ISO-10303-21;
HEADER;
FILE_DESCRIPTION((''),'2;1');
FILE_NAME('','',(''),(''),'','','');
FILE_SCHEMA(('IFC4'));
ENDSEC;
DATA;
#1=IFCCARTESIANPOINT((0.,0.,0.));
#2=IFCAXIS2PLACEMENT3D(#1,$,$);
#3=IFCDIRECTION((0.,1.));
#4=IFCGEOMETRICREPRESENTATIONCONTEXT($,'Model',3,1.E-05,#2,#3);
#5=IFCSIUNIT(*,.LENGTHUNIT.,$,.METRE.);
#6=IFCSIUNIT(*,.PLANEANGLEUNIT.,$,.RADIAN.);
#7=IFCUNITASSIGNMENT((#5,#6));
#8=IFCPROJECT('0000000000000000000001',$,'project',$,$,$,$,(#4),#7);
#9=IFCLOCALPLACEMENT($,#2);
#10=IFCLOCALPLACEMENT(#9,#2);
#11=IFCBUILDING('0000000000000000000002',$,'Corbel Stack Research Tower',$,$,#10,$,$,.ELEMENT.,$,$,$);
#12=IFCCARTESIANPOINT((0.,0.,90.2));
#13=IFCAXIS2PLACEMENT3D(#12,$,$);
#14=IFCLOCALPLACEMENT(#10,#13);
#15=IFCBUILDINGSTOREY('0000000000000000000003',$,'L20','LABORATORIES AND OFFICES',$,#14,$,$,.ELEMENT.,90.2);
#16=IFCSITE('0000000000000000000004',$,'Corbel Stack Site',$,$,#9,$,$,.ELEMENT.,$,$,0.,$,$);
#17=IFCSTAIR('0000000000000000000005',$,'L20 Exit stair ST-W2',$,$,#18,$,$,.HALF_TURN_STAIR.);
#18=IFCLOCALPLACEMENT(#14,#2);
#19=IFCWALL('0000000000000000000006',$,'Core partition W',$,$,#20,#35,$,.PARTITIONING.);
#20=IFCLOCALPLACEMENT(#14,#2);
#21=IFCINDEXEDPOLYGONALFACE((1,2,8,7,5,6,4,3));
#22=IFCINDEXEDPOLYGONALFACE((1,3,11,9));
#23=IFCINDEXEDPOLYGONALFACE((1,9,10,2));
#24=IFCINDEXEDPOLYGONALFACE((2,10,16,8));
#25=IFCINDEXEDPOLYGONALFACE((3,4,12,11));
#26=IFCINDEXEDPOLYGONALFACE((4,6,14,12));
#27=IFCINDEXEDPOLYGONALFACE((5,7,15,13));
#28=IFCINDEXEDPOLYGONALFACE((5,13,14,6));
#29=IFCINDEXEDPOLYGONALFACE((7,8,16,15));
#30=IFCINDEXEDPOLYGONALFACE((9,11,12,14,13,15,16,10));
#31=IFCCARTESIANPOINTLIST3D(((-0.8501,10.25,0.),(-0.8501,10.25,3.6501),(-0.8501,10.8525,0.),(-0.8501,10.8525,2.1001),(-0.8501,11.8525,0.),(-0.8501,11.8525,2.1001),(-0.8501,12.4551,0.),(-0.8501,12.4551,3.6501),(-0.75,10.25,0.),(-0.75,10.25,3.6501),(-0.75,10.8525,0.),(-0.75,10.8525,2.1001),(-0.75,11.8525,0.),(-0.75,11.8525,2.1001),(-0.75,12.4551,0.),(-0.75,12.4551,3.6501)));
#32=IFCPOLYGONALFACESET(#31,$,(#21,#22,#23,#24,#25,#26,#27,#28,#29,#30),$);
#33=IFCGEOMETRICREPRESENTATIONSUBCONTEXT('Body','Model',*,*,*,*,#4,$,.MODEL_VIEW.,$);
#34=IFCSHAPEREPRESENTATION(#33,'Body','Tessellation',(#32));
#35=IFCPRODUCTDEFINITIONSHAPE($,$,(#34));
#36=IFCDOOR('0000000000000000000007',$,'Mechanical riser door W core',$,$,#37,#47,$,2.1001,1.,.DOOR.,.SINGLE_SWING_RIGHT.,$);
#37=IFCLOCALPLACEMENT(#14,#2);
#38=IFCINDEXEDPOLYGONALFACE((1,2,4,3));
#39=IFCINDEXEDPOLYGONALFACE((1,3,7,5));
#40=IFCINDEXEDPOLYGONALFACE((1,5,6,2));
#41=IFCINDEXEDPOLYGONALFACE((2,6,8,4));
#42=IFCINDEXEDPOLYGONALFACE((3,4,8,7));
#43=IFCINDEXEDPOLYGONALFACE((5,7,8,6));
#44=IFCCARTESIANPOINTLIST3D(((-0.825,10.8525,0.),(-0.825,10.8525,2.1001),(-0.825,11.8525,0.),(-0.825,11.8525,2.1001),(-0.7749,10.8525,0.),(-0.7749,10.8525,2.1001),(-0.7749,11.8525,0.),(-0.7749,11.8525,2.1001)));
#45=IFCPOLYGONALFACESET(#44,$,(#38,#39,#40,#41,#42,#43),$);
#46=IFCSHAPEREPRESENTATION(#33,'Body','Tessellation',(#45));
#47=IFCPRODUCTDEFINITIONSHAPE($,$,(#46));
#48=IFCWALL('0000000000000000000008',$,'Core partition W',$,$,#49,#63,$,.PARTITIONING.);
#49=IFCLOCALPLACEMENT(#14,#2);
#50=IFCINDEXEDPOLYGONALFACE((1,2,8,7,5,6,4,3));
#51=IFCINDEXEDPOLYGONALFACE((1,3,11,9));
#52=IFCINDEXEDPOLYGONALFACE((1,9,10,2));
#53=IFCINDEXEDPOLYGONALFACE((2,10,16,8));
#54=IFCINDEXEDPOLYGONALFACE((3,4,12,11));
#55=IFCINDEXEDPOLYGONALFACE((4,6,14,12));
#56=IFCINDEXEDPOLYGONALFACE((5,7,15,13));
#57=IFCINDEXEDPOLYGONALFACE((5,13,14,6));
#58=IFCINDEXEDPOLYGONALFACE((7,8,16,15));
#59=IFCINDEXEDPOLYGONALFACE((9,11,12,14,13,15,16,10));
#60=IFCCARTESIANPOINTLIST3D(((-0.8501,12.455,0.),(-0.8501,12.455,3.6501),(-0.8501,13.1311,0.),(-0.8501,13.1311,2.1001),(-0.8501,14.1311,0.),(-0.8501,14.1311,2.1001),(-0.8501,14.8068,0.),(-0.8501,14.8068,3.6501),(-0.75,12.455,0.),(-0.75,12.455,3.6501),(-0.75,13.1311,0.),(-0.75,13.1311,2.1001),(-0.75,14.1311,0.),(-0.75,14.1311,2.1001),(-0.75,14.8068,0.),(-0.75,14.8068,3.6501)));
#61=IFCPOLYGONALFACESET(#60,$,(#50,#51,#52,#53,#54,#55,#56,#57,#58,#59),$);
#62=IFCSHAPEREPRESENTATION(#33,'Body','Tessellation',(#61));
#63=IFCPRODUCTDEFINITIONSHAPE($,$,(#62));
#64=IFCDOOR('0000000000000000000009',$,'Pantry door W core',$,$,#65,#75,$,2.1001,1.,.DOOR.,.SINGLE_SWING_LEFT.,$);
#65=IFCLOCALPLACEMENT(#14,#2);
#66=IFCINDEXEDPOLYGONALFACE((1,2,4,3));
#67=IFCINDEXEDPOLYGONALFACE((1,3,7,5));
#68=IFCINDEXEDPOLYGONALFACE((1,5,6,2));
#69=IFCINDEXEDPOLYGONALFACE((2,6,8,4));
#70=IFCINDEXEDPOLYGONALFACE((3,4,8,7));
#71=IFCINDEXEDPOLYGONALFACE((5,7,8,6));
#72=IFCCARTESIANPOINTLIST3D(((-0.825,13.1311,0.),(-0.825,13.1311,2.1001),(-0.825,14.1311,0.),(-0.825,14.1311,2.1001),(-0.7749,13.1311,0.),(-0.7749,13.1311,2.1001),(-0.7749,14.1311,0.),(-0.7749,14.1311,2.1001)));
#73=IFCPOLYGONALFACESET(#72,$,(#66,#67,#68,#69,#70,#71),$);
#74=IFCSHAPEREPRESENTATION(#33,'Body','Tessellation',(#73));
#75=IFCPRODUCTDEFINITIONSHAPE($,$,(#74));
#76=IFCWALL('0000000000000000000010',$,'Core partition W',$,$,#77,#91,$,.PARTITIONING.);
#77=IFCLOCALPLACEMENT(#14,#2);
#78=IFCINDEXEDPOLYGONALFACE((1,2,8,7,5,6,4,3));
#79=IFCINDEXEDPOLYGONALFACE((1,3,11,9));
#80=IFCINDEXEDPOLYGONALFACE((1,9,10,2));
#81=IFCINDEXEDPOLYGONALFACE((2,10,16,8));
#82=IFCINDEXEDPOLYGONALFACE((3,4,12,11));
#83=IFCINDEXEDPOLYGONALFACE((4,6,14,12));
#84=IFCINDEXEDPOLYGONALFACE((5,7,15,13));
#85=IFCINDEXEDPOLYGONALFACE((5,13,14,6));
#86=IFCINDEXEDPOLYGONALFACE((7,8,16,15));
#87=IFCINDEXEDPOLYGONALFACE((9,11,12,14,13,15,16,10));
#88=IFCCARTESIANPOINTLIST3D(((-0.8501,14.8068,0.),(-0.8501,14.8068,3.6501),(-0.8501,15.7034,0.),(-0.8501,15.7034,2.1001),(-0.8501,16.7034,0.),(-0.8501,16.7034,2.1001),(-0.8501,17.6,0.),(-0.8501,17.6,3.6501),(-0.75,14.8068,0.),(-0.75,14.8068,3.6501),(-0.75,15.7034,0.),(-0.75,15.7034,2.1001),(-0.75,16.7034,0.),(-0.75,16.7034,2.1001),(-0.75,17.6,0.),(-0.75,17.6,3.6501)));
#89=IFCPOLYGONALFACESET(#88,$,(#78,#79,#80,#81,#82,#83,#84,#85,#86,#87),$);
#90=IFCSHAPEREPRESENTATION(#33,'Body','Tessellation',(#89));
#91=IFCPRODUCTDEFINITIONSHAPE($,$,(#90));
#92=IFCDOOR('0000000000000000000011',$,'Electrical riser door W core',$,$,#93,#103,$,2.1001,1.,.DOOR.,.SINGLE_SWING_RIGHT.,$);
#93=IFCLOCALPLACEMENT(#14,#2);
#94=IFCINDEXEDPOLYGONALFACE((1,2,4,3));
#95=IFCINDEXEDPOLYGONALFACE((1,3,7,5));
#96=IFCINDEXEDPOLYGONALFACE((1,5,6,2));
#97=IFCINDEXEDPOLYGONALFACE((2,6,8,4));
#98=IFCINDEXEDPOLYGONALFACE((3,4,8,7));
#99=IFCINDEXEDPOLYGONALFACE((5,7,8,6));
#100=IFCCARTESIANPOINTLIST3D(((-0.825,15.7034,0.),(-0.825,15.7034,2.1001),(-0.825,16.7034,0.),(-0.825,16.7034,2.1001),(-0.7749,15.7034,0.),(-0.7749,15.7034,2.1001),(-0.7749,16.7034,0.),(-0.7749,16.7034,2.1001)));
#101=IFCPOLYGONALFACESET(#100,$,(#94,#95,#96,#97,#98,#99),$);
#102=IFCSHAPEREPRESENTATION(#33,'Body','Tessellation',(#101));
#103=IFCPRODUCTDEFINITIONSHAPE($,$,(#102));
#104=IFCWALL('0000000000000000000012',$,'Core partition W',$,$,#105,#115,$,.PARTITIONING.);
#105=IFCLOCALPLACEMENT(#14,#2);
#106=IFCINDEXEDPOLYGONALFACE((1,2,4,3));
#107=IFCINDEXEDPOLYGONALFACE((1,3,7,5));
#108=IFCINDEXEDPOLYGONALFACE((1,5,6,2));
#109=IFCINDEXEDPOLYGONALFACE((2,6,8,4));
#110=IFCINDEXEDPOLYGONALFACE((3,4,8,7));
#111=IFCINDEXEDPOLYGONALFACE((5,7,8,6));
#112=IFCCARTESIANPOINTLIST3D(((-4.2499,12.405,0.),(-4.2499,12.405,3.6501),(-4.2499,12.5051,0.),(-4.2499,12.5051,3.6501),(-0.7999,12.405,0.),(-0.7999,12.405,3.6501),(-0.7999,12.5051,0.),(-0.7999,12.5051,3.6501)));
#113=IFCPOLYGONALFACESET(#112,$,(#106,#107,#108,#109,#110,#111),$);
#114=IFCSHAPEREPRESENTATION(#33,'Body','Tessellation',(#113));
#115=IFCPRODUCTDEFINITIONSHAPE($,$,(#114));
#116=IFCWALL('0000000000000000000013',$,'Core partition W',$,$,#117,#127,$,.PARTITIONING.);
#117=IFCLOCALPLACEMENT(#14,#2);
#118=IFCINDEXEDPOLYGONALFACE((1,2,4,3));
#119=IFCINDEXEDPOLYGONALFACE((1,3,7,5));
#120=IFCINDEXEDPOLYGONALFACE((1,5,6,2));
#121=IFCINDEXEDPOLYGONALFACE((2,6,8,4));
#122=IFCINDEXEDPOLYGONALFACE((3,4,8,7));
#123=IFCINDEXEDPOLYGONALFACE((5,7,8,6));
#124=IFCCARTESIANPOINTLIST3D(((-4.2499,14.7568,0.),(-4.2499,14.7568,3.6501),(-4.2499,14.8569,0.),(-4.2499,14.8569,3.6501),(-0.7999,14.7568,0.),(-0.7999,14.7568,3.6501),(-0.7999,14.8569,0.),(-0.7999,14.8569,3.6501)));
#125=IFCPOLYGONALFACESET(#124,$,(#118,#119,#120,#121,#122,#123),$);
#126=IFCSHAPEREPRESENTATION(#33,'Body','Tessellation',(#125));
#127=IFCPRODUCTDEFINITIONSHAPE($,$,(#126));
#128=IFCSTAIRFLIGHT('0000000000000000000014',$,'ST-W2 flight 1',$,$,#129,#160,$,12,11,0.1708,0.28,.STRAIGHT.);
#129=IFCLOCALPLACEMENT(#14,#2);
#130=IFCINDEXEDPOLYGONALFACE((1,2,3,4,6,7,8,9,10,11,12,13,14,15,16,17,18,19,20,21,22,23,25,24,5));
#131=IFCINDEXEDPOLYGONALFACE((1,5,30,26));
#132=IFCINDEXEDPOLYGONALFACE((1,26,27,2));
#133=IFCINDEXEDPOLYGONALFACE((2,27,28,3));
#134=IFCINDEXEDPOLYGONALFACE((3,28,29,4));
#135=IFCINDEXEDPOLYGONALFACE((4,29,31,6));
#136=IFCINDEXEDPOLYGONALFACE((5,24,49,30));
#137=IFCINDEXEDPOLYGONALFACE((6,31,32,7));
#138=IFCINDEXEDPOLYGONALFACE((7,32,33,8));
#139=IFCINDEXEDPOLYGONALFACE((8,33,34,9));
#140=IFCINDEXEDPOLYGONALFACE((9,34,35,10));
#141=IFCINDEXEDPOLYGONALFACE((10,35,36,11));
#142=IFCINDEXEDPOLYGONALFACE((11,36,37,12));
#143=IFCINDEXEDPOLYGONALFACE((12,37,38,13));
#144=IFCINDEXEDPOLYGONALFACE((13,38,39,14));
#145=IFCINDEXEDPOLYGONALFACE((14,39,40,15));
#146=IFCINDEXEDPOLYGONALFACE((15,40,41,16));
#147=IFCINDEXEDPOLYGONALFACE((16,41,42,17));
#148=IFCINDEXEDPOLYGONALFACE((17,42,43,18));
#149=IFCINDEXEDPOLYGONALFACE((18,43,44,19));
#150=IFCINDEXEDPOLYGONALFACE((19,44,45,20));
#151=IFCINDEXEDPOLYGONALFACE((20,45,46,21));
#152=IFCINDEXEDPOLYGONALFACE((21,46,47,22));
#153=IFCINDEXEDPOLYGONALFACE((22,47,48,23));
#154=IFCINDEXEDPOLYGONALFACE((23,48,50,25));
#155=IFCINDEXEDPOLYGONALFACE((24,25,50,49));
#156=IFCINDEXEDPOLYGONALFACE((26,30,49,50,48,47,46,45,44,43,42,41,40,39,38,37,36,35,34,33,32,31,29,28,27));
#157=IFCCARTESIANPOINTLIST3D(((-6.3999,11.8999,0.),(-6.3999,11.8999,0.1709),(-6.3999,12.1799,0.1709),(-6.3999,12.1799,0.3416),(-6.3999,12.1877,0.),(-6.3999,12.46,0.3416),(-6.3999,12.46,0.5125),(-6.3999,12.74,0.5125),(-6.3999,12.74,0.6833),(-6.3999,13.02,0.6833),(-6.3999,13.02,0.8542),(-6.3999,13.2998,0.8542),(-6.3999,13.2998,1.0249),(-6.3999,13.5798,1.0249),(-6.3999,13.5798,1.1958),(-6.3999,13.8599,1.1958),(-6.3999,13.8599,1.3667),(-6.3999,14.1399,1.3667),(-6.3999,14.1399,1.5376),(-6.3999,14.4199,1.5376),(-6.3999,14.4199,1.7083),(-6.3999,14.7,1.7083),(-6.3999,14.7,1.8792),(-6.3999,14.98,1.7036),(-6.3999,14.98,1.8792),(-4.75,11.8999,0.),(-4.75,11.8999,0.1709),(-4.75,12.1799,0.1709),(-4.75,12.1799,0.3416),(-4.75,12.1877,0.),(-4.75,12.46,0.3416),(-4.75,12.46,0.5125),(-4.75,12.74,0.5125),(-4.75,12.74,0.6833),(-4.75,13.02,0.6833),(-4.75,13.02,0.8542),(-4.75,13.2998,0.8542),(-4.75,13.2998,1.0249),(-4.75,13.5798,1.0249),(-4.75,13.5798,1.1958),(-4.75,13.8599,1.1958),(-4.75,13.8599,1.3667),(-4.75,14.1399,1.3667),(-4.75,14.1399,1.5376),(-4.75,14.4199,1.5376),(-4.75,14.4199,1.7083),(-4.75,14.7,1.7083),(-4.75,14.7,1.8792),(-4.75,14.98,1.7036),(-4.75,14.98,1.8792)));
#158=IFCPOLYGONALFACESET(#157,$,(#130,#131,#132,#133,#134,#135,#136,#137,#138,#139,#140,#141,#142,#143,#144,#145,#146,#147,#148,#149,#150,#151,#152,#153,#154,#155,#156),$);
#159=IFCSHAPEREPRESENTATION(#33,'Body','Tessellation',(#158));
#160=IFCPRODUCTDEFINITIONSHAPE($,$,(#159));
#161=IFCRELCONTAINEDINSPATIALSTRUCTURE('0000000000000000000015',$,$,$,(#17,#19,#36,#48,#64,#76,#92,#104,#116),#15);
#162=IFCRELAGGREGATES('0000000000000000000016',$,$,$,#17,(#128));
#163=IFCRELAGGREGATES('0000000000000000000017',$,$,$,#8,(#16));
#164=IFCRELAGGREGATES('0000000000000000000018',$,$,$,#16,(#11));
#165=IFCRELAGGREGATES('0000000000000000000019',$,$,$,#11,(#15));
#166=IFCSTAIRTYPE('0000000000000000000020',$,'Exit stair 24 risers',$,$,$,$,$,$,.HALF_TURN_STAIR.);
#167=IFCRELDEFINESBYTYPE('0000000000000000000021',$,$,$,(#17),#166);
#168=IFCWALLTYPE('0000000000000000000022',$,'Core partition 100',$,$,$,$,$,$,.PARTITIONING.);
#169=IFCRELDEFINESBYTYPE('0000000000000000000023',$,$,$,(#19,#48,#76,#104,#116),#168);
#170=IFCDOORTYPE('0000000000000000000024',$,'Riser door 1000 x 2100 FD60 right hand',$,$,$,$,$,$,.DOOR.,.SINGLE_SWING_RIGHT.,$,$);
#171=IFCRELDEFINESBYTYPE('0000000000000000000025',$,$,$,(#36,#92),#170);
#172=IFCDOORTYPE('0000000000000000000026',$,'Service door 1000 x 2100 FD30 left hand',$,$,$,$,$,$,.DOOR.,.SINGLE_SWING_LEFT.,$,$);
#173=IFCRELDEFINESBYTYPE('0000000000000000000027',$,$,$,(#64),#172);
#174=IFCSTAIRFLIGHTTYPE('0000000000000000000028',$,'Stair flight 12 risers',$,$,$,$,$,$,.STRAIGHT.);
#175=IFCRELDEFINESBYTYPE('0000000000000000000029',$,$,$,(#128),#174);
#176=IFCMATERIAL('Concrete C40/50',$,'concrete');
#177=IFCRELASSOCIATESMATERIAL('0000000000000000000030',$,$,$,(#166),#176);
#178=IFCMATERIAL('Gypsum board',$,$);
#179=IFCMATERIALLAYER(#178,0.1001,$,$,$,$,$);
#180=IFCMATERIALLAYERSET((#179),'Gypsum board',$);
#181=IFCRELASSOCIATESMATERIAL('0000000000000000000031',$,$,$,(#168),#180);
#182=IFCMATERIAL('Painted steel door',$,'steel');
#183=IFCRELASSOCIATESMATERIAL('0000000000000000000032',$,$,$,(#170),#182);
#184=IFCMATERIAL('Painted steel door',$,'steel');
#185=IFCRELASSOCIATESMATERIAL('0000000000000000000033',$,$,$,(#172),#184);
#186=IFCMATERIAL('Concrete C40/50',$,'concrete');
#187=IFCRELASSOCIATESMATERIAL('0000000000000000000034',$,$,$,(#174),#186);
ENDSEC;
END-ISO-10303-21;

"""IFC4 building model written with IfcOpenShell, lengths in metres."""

from ifc_helpers import new_model, si_unit, direction, frame, frame_2d, origin, place, context, subcontext, project, spatial, polyline, rectangle, outline, extrude, material, layer, layer_set, type_object, element, fill, aggregate, save


model = new_model("IFC4")

# Units and contexts
model_context = context("Model", 3, precision=1e-05, world=origin(), true_north=direction((0.0, 1.0)))
body_context = subcontext(model_context, "Body", "Model", "MODEL_VIEW")
ifc_project = project(units=[si_unit("LENGTHUNIT", "METRE"), si_unit("PLANEANGLEUNIT", "RADIAN")], contexts=[model_context])

# Site, building, storey
site_placement = place(None, origin())
site = spatial("IfcSite", under=ifc_project, at=site_placement, Name="Corbel Stack Site", CompositionType="ELEMENT", RefElevation=0.0)
building_placement = place(site_placement, origin())
building = spatial("IfcBuilding", under=site, at=building_placement, Name="Corbel Stack Research Tower", CompositionType="ELEMENT")
storey_placement = place(building_placement, frame((0.0, 0.0, 90.2)))
storey = spatial("IfcBuildingStorey", under=building, at=storey_placement, Name="L20", Description="LABORATORIES AND OFFICES", CompositionType="ELEMENT", Elevation=90.2)

# Stair
ifc_material_1 = material(Name="Concrete C40/50", Category="concrete")
stair_type = type_object("IfcStairType", Name="Exit stair 24 risers", PredefinedType="HALF_TURN_STAIR", material=ifc_material_1)
stair_1_placement = place(storey_placement, origin())
stair_1 = element("IfcStair", 1, at=stair_1_placement, inside=storey, type_object=stair_type, Name="L20 Exit stair ST-W2", PredefinedType="HALF_TURN_STAIR")

# Walls, openings, doors
ifc_material_2 = material(Name="Gypsum board")
ifc_layer_1 = layer(ifc_material_2, 0.1001)
ifc_layer_set_1 = layer_set([ifc_layer_1], Name="Gypsum board")
wall_type_1 = type_object("IfcWallType", Name="Core partition 100", PredefinedType="PARTITIONING", material=ifc_layer_set_1)
wall_1_placement = place(storey_placement, frame((-0.8, 10.25, 0.0), z_axis=(0.0, 0.0, 1.0), x_axis=(0.0, 1.0, 0.0)))
wall_1 = element("IfcWall", 2, at=wall_1_placement, inside=storey, type_object=wall_type_1, Name="Core partition W", PredefinedType="PARTITIONING", context=body_context, shape_type="SweptSolid", body=[
    extrude(rectangle(XDim=2.2051, YDim=0.1001, at=frame_2d((1.1025, 0.0))), origin(), (0.0, 0.0, 1.0), 3.6501),
])
opening_1_placement = place(wall_1_placement, frame((0.6025, 0.0, 0.0)))
opening_1 = element("IfcOpeningElement", 3, at=opening_1_placement, cuts=wall_1, PredefinedType="OPENING", context=body_context, shape_type="SweptSolid", body=[
    extrude(rectangle(XDim=1.0, YDim=2.1001, at=frame_2d((0.5, 1.05))), frame((0.0, 0.0601, 0.0), z_axis=(0.0, -1.0, 0.0), x_axis=(1.0, 0.0, 0.0)), (0.0, 0.0, 1.0), 0.1201),
])
ifc_material_3 = material(Name="Painted steel door", Category="steel")
door_type_1 = type_object("IfcDoorType", Name="Riser door 1000 x 2100 FD60 right hand", OperationType="SINGLE_SWING_RIGHT", PredefinedType="DOOR", material=ifc_material_3)
door_1_placement = place(opening_1_placement, origin())
door_1 = element("IfcDoor", 4, at=door_1_placement, inside=storey, type_object=door_type_1, Name="Mechanical riser door W core", OperationType="SINGLE_SWING_RIGHT", OverallHeight=2.1001, OverallWidth=1.0, PredefinedType="DOOR", context=body_context, shape_type="SweptSolid", body=[
    extrude(rectangle(XDim=1.0, YDim=2.1001, at=frame_2d((0.5, 1.05))), frame((0.0, 0.0249, 0.0), z_axis=(0.0, -1.0, 0.0), x_axis=(1.0, 0.0, 0.0)), (0.0, 0.0, 1.0), 0.05),
])
fill(opening_1, door_1)
wall_2_placement = place(storey_placement, frame((-0.8, 12.4551, 0.0), z_axis=(0.0, 0.0, 1.0), x_axis=(0.0, 1.0, 0.0)))
wall_2 = element("IfcWall", 5, at=wall_2_placement, inside=storey, type_object=wall_type_1, Name="Core partition W", PredefinedType="PARTITIONING", context=body_context, shape_type="SweptSolid", body=[
    extrude(rectangle(XDim=2.3518, YDim=0.1001, at=frame_2d((1.1758, 0.0))), origin(), (0.0, 0.0, 1.0), 3.6501),
])
opening_2_placement = place(wall_2_placement, frame((0.676, 0.0, 0.0)))
opening_2 = element("IfcOpeningElement", 6, at=opening_2_placement, cuts=wall_2, PredefinedType="OPENING", context=body_context, shape_type="SweptSolid", body=[
    extrude(rectangle(XDim=1.0, YDim=2.1001, at=frame_2d((0.5, 1.05))), frame((0.0, 0.0601, 0.0), z_axis=(0.0, -1.0, 0.0), x_axis=(1.0, 0.0, 0.0)), (0.0, 0.0, 1.0), 0.1201),
])
ifc_material_4 = material(Name="Painted steel door", Category="steel")
door_type_2 = type_object("IfcDoorType", Name="Service door 1000 x 2100 FD30 left hand", OperationType="SINGLE_SWING_LEFT", PredefinedType="DOOR", material=ifc_material_4)
door_2_placement = place(opening_2_placement, origin())
door_2 = element("IfcDoor", 7, at=door_2_placement, inside=storey, type_object=door_type_2, Name="Pantry door W core", OperationType="SINGLE_SWING_LEFT", OverallHeight=2.1001, OverallWidth=1.0, PredefinedType="DOOR", context=body_context, shape_type="SweptSolid", body=[
    extrude(rectangle(XDim=1.0, YDim=2.1001, at=frame_2d((0.5, 1.05))), frame((0.0, 0.0249, 0.0), z_axis=(0.0, -1.0, 0.0), x_axis=(1.0, 0.0, 0.0)), (0.0, 0.0, 1.0), 0.05),
])
fill(opening_2, door_2)
wall_3_placement = place(storey_placement, frame((-0.8, 14.8069, 0.0), z_axis=(0.0, 0.0, 1.0), x_axis=(0.0, 1.0, 0.0)))
wall_3 = element("IfcWall", 8, at=wall_3_placement, inside=storey, type_object=wall_type_1, Name="Core partition W", PredefinedType="PARTITIONING", context=body_context, shape_type="SweptSolid", body=[
    extrude(rectangle(XDim=2.7932, YDim=0.1001, at=frame_2d((1.3965, 0.0))), origin(), (0.0, 0.0, 1.0), 3.6501),
])
opening_3_placement = place(wall_3_placement, frame((0.8965, 0.0, 0.0)))
opening_3 = element("IfcOpeningElement", 9, at=opening_3_placement, cuts=wall_3, PredefinedType="OPENING", context=body_context, shape_type="SweptSolid", body=[
    extrude(rectangle(XDim=1.0, YDim=2.1001, at=frame_2d((0.5, 1.05))), frame((0.0, 0.0601, 0.0), z_axis=(0.0, -1.0, 0.0), x_axis=(1.0, 0.0, 0.0)), (0.0, 0.0, 1.0), 0.1201),
])
door_3_placement = place(opening_3_placement, origin())
door_3 = element("IfcDoor", 10, at=door_3_placement, inside=storey, type_object=door_type_1, Name="Electrical riser door W core", OperationType="SINGLE_SWING_RIGHT", OverallHeight=2.1001, OverallWidth=1.0, PredefinedType="DOOR", context=body_context, shape_type="SweptSolid", body=[
    extrude(rectangle(XDim=1.0, YDim=2.1001, at=frame_2d((0.5, 1.05))), frame((0.0, 0.0249, 0.0), z_axis=(0.0, -1.0, 0.0), x_axis=(1.0, 0.0, 0.0)), (0.0, 0.0, 1.0), 0.05),
])
fill(opening_3, door_3)

# Walls
for number, where, z_axis, x_axis, name in (
    (11, (-4.25, 12.4551, 0.0), (0.0, 0.0, 1.0), (1.0, 0.0, 0.0), "Core partition W"),
    (12, (-4.25, 14.8069, 0.0), (0.0, 0.0, 1.0), (1.0, 0.0, 0.0), "Core partition W"),
):
    element("IfcWall", number, at=place(storey_placement, frame(where, z_axis=z_axis, x_axis=x_axis)), inside=storey, type_object=wall_type_1, Name=name, PredefinedType="PARTITIONING", context=body_context, shape_type="SweptSolid", body=[
        extrude(rectangle(XDim=3.45, YDim=0.1001, at=frame_2d((1.7251, 0.0))), origin(), (0.0, 0.0, 1.0), 3.6501),
    ])

# Stair flight
ifc_material_5 = material(Name="Concrete C40/50", Category="concrete")
stair_flight_type = type_object("IfcStairFlightType", Name="Stair flight 12 risers", PredefinedType="STRAIGHT", material=ifc_material_5)
stair_flight_1_placement = place(storey_placement, frame((-5.575, 11.8999, 0.0), z_axis=(0.0, 0.0, 1.0), x_axis=(0.0, 1.0, 0.0)))
stair_flight_1 = element("IfcStairFlight", 13, at=stair_flight_1_placement, type_object=stair_flight_type, Name="ST-W2 flight 1", NumberOfRisers=12, NumberOfTreads=11, PredefinedType="STRAIGHT", RiserHeight=0.1708, TreadLength=0.28, context=body_context, shape_type="SweptSolid", body=[
    extrude(outline(polyline([(0.0, 0.0), (0.0, 0.1709), (0.28, 0.1709), (0.28, 0.3416), (0.5601, 0.3416), (0.5601, 0.5125), (0.8401, 0.5125), (0.8401, 0.6833), (1.1201, 0.6833), (1.1201, 0.8542), (1.3999, 0.8542), (1.3999, 1.0249), (1.6799, 1.0249), (1.6799, 1.1958), (1.96, 1.1958), (1.96, 1.3667), (2.24, 1.3667), (2.24, 1.5376), (2.52, 1.5376), (2.52, 1.7083), (2.8, 1.7083), (2.8, 1.8792), (3.0801, 1.8792), (3.0801, 2.05), (3.0801, 1.7036), (0.2878, 0.0), (0.0, 0.0)])), frame((0.0, 0.825, 0.0), z_axis=(0.0, -1.0, 0.0), x_axis=(1.0, 0.0, 0.0)), (0.0, 0.0, 1.0), 1.6499),
])
aggregate(stair_1, [stair_flight_1])

save(model, "model.ifc")
